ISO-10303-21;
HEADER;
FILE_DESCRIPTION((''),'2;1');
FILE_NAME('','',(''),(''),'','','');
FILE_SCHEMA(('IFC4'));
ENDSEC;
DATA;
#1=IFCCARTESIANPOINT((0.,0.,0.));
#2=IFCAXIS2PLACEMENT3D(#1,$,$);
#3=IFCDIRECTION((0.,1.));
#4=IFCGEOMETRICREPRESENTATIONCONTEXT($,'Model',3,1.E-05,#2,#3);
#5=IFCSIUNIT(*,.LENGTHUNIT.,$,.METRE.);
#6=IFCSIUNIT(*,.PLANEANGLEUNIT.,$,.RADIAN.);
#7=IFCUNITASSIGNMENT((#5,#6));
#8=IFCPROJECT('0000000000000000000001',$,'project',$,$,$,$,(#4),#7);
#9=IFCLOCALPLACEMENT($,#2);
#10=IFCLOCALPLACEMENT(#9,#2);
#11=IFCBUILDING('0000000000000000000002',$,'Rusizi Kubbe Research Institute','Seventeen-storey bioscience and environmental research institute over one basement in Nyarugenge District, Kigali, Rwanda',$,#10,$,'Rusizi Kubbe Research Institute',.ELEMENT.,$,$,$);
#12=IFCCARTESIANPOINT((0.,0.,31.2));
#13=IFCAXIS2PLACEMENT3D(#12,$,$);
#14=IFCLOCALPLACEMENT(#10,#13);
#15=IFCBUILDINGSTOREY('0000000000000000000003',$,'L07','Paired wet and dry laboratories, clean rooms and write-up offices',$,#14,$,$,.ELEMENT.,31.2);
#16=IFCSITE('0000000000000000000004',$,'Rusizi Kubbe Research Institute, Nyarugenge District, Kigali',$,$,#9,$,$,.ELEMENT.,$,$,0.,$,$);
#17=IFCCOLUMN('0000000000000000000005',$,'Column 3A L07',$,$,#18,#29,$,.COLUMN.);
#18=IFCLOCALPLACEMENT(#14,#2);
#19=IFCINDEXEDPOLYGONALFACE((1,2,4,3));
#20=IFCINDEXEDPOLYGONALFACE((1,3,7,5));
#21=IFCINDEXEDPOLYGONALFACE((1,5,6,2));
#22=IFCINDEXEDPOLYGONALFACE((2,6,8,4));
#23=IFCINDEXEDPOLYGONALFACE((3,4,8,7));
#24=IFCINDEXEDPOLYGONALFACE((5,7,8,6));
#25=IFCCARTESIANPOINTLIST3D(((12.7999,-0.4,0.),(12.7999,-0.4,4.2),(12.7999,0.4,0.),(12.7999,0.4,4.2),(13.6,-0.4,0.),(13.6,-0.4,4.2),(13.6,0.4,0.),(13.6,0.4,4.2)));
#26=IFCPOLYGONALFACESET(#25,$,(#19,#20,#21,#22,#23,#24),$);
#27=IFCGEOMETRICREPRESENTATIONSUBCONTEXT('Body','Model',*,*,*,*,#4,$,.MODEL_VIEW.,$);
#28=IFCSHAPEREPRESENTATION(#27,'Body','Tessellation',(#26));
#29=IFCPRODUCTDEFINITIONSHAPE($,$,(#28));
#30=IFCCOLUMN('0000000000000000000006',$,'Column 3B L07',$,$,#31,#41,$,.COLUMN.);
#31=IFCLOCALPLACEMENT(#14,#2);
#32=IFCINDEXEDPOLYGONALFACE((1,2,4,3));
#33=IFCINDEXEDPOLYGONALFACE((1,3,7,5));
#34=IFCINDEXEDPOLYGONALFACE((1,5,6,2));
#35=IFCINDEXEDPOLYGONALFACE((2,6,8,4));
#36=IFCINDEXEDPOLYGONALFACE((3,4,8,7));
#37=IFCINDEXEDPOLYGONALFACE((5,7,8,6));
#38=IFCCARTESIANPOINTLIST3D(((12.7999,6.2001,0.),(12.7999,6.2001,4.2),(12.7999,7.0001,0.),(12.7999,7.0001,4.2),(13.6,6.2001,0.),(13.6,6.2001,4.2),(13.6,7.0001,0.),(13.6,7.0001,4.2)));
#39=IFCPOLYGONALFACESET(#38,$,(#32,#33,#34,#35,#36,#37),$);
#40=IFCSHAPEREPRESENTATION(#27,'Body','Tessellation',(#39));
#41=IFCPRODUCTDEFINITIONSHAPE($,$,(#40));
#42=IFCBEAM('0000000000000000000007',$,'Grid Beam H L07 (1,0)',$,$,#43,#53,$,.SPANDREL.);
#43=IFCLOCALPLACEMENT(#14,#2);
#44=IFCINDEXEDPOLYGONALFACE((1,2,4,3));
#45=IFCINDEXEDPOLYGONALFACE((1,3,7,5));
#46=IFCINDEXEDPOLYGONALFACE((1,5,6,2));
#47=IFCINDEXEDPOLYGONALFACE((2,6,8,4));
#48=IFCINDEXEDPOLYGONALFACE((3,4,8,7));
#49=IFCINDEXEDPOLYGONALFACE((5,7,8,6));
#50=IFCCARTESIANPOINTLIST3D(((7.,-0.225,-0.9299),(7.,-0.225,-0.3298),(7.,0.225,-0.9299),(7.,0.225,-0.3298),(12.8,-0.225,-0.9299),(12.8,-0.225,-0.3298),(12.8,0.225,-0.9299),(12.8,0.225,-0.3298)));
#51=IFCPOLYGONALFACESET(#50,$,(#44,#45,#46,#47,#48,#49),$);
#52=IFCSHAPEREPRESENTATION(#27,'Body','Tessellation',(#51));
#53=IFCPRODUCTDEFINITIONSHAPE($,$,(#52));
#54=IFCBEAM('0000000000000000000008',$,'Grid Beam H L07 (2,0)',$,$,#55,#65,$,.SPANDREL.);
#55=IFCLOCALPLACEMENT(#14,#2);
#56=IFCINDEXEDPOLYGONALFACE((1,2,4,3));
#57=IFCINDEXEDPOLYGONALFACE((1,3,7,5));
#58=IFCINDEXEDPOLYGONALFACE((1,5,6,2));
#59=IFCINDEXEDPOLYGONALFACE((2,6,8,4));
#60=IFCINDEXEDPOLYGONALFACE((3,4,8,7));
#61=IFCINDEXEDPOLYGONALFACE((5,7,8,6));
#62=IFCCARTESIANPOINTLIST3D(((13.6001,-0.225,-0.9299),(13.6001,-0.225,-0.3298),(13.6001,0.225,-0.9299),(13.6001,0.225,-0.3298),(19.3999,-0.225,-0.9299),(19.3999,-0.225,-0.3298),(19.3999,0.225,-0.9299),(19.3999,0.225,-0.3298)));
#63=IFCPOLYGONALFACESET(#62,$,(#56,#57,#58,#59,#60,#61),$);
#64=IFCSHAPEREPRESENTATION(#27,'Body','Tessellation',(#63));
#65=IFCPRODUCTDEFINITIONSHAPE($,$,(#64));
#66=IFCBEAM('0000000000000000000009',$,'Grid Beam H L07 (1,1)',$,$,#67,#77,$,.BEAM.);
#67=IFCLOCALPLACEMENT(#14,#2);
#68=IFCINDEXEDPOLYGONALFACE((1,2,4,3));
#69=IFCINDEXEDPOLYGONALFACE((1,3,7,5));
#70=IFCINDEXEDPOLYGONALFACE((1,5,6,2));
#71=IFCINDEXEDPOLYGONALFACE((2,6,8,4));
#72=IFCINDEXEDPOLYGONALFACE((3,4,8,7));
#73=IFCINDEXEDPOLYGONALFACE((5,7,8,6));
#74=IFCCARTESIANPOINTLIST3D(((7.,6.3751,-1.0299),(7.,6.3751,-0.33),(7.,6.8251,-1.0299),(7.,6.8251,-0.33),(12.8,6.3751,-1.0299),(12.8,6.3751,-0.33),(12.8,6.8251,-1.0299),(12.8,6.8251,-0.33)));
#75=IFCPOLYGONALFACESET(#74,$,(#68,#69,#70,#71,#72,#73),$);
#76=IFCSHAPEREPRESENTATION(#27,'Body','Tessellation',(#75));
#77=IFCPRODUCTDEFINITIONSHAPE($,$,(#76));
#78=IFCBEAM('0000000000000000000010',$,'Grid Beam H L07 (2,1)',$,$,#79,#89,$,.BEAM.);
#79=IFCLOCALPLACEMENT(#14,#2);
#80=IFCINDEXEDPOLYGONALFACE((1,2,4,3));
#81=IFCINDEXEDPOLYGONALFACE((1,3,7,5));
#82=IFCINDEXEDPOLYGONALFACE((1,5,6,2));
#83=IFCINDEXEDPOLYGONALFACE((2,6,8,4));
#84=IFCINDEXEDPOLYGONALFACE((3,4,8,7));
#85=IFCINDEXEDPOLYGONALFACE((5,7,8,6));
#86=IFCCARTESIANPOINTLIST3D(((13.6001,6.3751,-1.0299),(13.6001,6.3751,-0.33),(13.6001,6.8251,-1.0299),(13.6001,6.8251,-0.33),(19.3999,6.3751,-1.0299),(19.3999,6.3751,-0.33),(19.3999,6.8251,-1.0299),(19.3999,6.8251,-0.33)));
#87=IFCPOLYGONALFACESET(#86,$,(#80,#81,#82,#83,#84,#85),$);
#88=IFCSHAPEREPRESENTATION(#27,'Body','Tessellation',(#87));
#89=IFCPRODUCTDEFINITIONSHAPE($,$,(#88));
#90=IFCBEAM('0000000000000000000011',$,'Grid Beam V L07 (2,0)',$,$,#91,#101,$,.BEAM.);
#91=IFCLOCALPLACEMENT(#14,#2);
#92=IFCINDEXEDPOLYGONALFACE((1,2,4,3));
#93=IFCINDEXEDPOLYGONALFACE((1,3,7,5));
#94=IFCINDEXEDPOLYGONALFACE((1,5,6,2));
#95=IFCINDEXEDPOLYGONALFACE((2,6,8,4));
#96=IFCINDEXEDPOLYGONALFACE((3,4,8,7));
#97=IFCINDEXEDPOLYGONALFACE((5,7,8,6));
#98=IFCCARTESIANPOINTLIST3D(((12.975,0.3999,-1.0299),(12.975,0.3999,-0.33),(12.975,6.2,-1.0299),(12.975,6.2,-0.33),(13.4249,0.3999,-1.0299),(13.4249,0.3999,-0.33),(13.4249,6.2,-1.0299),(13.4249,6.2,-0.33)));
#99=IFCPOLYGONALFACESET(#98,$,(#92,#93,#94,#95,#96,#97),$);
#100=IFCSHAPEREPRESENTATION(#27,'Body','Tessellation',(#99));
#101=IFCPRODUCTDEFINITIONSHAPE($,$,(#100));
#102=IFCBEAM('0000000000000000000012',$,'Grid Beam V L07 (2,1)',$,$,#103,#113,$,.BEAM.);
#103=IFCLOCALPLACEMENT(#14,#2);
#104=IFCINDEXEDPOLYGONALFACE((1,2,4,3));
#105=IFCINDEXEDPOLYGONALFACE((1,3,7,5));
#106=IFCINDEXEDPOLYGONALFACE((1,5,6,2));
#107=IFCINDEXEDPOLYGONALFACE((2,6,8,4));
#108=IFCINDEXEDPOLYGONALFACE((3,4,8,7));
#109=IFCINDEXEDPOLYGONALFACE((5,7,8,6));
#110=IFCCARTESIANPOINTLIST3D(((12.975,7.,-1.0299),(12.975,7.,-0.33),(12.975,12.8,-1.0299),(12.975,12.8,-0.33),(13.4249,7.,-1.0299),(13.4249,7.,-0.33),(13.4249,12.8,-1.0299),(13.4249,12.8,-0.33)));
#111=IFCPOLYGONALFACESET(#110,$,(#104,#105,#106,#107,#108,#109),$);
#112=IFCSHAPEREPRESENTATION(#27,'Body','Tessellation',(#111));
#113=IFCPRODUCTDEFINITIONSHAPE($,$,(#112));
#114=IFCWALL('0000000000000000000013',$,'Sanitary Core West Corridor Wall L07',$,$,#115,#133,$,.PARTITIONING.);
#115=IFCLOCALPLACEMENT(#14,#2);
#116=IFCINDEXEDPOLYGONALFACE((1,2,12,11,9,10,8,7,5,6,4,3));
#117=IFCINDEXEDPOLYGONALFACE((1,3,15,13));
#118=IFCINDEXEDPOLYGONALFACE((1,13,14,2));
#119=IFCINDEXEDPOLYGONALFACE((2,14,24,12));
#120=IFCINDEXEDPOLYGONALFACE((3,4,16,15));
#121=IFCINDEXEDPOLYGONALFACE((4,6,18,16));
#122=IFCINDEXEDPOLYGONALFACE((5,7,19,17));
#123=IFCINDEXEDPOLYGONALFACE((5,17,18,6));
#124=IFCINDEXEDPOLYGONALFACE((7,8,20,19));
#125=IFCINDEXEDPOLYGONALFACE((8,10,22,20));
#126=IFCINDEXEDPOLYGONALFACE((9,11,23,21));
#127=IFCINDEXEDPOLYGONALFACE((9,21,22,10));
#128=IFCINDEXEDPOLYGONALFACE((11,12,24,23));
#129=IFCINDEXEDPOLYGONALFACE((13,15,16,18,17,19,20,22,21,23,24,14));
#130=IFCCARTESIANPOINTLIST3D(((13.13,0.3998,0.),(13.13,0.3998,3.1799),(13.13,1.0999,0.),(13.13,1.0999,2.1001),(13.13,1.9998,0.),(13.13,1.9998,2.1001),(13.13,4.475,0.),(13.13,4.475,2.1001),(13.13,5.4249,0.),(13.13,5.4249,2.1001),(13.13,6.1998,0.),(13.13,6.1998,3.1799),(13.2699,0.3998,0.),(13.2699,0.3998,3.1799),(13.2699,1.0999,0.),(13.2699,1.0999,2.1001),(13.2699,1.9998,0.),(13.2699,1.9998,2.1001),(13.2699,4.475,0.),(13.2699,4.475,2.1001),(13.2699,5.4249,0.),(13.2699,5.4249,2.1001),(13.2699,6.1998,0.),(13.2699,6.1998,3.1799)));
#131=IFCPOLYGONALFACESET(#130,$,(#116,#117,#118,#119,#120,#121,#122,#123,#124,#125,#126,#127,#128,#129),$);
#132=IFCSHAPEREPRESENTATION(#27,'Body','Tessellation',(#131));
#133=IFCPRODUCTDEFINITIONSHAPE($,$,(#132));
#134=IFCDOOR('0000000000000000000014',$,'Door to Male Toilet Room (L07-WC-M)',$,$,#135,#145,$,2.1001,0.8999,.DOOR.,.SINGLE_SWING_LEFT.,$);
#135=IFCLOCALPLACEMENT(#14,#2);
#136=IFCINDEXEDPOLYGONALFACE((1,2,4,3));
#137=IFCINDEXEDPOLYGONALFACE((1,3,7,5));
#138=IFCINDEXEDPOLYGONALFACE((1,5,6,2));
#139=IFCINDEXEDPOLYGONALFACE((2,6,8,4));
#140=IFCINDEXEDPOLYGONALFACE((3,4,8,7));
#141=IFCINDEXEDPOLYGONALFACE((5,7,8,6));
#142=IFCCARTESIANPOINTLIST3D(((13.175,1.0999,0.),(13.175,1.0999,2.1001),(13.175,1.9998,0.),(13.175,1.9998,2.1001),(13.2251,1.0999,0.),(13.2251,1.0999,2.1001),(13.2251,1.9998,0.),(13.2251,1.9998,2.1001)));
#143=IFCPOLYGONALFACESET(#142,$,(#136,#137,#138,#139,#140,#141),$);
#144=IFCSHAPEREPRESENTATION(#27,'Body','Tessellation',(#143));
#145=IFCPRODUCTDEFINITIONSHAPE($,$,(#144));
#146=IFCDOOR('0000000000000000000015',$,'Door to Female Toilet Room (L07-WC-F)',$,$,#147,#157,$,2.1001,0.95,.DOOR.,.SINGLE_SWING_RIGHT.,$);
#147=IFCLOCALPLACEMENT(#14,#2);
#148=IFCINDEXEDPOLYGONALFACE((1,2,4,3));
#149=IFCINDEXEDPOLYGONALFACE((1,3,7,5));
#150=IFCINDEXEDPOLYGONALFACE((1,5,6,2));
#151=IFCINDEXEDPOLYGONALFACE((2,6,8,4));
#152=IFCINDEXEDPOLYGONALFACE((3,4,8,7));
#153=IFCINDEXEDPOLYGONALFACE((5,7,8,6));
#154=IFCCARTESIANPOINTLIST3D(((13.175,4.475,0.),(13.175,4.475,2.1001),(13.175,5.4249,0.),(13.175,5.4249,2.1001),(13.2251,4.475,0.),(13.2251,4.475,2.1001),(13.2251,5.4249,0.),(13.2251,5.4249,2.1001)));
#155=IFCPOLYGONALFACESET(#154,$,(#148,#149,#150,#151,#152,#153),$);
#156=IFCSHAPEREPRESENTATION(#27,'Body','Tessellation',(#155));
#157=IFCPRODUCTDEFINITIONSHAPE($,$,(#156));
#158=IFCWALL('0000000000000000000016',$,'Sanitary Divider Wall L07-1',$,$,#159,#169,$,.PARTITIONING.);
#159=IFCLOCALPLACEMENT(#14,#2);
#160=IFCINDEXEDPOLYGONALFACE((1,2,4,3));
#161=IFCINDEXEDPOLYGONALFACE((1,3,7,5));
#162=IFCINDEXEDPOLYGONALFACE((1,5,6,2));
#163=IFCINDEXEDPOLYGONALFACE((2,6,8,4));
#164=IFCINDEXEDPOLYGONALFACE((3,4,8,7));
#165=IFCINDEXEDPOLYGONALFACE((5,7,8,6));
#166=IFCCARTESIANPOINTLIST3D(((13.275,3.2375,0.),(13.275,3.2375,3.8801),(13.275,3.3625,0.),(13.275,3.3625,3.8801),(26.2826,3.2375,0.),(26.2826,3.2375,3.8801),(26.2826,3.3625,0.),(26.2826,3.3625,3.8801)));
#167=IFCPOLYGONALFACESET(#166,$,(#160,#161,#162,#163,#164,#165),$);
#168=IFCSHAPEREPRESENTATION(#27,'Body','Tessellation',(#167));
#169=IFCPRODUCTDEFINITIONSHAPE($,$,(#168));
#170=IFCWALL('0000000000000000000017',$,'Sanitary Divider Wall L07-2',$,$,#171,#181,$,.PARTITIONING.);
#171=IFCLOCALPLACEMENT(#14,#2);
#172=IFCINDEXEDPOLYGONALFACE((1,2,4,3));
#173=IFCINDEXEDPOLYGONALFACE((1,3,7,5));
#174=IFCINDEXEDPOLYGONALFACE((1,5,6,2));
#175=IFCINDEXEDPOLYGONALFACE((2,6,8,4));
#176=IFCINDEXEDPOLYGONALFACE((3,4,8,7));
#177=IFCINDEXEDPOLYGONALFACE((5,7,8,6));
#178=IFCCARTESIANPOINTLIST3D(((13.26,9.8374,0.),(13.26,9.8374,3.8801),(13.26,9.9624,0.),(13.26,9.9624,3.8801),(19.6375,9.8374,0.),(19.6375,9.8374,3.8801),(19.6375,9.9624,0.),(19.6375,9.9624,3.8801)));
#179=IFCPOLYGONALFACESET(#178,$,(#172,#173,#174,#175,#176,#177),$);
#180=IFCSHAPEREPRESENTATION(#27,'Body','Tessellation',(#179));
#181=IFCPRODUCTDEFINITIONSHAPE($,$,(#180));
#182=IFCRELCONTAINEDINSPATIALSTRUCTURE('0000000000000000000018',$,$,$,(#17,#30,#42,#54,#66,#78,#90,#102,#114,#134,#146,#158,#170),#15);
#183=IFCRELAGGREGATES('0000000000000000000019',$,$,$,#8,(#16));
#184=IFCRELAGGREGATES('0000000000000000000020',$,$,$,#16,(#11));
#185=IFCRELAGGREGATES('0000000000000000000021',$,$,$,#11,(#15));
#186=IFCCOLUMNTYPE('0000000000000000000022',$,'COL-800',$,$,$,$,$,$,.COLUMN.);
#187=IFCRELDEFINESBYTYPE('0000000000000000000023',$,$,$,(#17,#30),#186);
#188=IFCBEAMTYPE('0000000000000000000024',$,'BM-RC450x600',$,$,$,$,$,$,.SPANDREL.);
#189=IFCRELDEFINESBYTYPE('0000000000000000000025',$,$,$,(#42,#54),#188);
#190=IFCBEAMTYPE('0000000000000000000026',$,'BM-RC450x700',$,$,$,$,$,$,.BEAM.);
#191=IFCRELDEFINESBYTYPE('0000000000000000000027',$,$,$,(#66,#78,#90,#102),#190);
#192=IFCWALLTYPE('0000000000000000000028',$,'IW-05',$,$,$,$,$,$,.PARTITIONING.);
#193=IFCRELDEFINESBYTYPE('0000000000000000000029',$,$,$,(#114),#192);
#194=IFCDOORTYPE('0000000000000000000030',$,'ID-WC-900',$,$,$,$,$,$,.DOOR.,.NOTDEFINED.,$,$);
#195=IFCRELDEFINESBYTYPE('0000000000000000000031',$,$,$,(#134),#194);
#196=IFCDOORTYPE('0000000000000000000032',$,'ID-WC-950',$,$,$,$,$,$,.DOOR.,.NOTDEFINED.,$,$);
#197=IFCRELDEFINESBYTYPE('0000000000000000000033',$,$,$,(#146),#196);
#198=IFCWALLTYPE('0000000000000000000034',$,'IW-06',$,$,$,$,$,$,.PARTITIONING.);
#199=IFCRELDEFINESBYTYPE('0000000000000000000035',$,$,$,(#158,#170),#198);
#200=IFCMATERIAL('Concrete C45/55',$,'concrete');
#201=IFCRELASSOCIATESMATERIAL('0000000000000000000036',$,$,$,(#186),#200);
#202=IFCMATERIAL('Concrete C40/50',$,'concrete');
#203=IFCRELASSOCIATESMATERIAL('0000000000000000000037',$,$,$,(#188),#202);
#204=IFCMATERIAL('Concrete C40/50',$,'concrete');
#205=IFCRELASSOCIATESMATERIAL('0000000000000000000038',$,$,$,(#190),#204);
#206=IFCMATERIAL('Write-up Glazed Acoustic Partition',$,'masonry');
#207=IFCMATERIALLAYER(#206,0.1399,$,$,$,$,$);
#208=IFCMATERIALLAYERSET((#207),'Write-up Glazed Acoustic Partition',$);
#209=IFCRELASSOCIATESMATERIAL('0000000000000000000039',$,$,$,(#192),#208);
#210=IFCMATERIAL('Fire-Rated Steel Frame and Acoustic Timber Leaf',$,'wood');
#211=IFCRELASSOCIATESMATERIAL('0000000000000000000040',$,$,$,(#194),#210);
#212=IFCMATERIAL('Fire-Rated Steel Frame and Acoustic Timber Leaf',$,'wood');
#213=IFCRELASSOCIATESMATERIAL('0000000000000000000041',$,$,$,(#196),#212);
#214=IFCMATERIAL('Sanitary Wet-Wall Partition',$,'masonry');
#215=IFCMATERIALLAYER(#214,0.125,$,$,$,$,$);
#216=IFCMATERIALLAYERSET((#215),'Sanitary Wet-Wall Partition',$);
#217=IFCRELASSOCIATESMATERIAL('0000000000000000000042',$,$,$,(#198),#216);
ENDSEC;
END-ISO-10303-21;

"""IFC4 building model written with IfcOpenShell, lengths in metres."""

from ifc_helpers import new_model, si_unit, direction, frame, frame_2d, origin, origin_2d, place, context, subcontext, project, spatial, rectangle, extrude, material, layer, layer_set, material_profile, profile_set, type_object, element, fill, save


model = new_model("IFC4")

# Units and contexts
model_context = context("Model", 3, precision=1e-05, world=origin(), true_north=direction((0.0, 1.0)))
body_context = subcontext(model_context, "Body", "Model", "MODEL_VIEW")
ifc_project = project(units=[si_unit("LENGTHUNIT", "METRE"), si_unit("PLANEANGLEUNIT", "RADIAN")], contexts=[model_context])

# Site, building, storey
site_placement = place(None, origin())
site = spatial("IfcSite", under=ifc_project, at=site_placement, Name="Rusizi Kubbe Research Institute, Nyarugenge District, Kigali", CompositionType="ELEMENT", RefElevation=0.0)
building_placement = place(site_placement, origin())
building = spatial("IfcBuilding", under=site, at=building_placement, Name="Rusizi Kubbe Research Institute", Description="Seventeen-storey bioscience and environmental research institute over one basement in Nyarugenge District, Kigali, Rwanda", LongName="Rusizi Kubbe Research Institute", CompositionType="ELEMENT")
storey_placement = place(building_placement, frame((0.0, 0.0, 31.2)))
storey = spatial("IfcBuildingStorey", under=building, at=storey_placement, Name="L07", Description="Paired wet and dry laboratories, clean rooms and write-up offices", CompositionType="ELEMENT", Elevation=31.2)

# Columns
ifc_material_1 = material(Name="Concrete C45/55", Category="concrete")
ifc_material_profile_1 = material_profile(ifc_material_1, rectangle(XDim=0.8, YDim=0.8, at=origin_2d()), Name="RC800x800")
ifc_profile_set_1 = profile_set([ifc_material_profile_1], Name="Concrete C45/55")
column_type = type_object("IfcColumnType", Name="COL-800", PredefinedType="COLUMN", material=ifc_profile_set_1)
for number, where, z_axis, x_axis, name in (
    (1, (13.2, 0.0, 0.0), (0.0, 0.0, 1.0), (1.0, 0.0, 0.0), "Column 3A L07"),
    (2, (13.2, 6.6001, 0.0), (0.0, 0.0, 1.0), (1.0, 0.0, 0.0), "Column 3B L07"),
):
    element("IfcColumn", number, at=place(storey_placement, frame(where, z_axis=z_axis, x_axis=x_axis)), inside=storey, type_object=column_type, Name=name, PredefinedType="COLUMN", context=body_context, shape_type="SweptSolid", body=[
        extrude(rectangle(XDim=0.8, YDim=0.8, at=origin_2d()), origin(), (0.0, 0.0, 1.0), 4.2),
    ])

# Beams
ifc_material_2 = material(Name="Concrete C40/50", Category="concrete")
ifc_material_profile_2 = material_profile(ifc_material_2, rectangle(XDim=0.45, YDim=0.6001, at=origin_2d()), Name="RC450x600")
ifc_profile_set_2 = profile_set([ifc_material_profile_2], Name="Concrete C40/50")
beam_type_1 = type_object("IfcBeamType", Name="BM-RC450x600", PredefinedType="SPANDREL", material=ifc_profile_set_2)
beam_1_placement = place(storey_placement, frame((7.0, 0.0, -0.6299), z_axis=(1.0, 0.0, 0.0), x_axis=(0.0, 1.0, 0.0)))
element("IfcBeam", 3, at=beam_1_placement, inside=storey, type_object=beam_type_1, Name="Grid Beam H L07 (1,0)", PredefinedType="SPANDREL", context=body_context, shape_type="SweptSolid", body=[
    extrude(rectangle(XDim=0.45, YDim=0.6001, at=origin_2d()), origin(), (0.0, 0.0, 1.0), 5.8),
])
beam_2_placement = place(storey_placement, frame((13.6001, 0.0, -0.6299), z_axis=(1.0, 0.0, 0.0), x_axis=(0.0, 1.0, 0.0)))
element("IfcBeam", 4, at=beam_2_placement, inside=storey, type_object=beam_type_1, Name="Grid Beam H L07 (2,0)", PredefinedType="SPANDREL", context=body_context, shape_type="SweptSolid", body=[
    extrude(rectangle(XDim=0.45, YDim=0.6001, at=origin_2d()), origin(), (0.0, 0.0, 1.0), 5.7998),
])
ifc_material_3 = material(Name="Concrete C40/50", Category="concrete")
ifc_material_profile_3 = material_profile(ifc_material_3, rectangle(XDim=0.45, YDim=0.7, at=origin_2d()), Name="RC450x700B")
ifc_profile_set_3 = profile_set([ifc_material_profile_3], Name="Concrete C40/50")
beam_type_2 = type_object("IfcBeamType", Name="BM-RC450x700", PredefinedType="BEAM", material=ifc_profile_set_3)
beam_3_placement = place(storey_placement, frame((7.0, 6.6001, -0.6799), z_axis=(1.0, 0.0, 0.0), x_axis=(0.0, 1.0, 0.0)))
element("IfcBeam", 5, at=beam_3_placement, inside=storey, type_object=beam_type_2, Name="Grid Beam H L07 (1,1)", PredefinedType="BEAM", context=body_context, shape_type="SweptSolid", body=[
    extrude(rectangle(XDim=0.45, YDim=0.7, at=origin_2d()), origin(), (0.0, 0.0, 1.0), 5.8),
])
beam_4_placement = place(storey_placement, frame((13.6001, 6.6001, -0.6799), z_axis=(1.0, 0.0, 0.0), x_axis=(0.0, 1.0, 0.0)))
element("IfcBeam", 6, at=beam_4_placement, inside=storey, type_object=beam_type_2, Name="Grid Beam H L07 (2,1)", PredefinedType="BEAM", context=body_context, shape_type="SweptSolid", body=[
    extrude(rectangle(XDim=0.45, YDim=0.7, at=origin_2d()), origin(), (0.0, 0.0, 1.0), 5.7998),
])
for number, where, z_axis, x_axis, name in (
    (7, (13.2, 0.3999, -0.6799), (0.0, 1.0, 0.0), (-1.0, 0.0, 0.0), "Grid Beam V L07 (2,0)"),
    (8, (13.2, 7.0, -0.6799), (0.0, 1.0, 0.0), (-1.0, 0.0, 0.0), "Grid Beam V L07 (2,1)"),
):
    element("IfcBeam", number, at=place(storey_placement, frame(where, z_axis=z_axis, x_axis=x_axis)), inside=storey, type_object=beam_type_2, Name=name, PredefinedType="BEAM", context=body_context, shape_type="SweptSolid", body=[
        extrude(rectangle(XDim=0.45, YDim=0.7, at=origin_2d()), origin(), (0.0, 0.0, 1.0), 5.8),
    ])

# Wall, openings, doors
ifc_material_4 = material(Name="Write-up Glazed Acoustic Partition", Category="masonry")
ifc_layer_1 = layer(ifc_material_4, 0.1399)
ifc_layer_set_1 = layer_set([ifc_layer_1], Name="Write-up Glazed Acoustic Partition")
wall_type_1 = type_object("IfcWallType", Name="IW-05", PredefinedType="PARTITIONING", material=ifc_layer_set_1)
wall_1_placement = place(storey_placement, frame((13.2, 0.3999, 0.0), z_axis=(0.0, 0.0, 1.0), x_axis=(0.0, 1.0, 0.0)))
wall_1 = element("IfcWall", 9, at=wall_1_placement, inside=storey, type_object=wall_type_1, Name="Sanitary Core West Corridor Wall L07", PredefinedType="PARTITIONING", context=body_context, shape_type="SweptSolid", body=[
    extrude(rectangle(XDim=5.8, YDim=0.1399, at=frame_2d((2.8999, 0.0))), origin(), (0.0, 0.0, 1.0), 3.1799),
])
opening_1_placement = place(wall_1_placement, frame((0.7, 0.0, 0.0)))
opening_1 = element("IfcOpeningElement", 10, at=opening_1_placement, cuts=wall_1, PredefinedType="OPENING", context=body_context, shape_type="SweptSolid", body=[
    extrude(rectangle(XDim=0.8999, YDim=2.1001, at=frame_2d((0.45, 1.05))), frame((0.0, 0.0798, 0.0), z_axis=(0.0, -1.0, 0.0), x_axis=(1.0, 0.0, 0.0)), (0.0, 0.0, 1.0), 0.1599),
])
opening_2_placement = place(wall_1_placement, frame((4.075, 0.0, 0.0)))
opening_2 = element("IfcOpeningElement", 11, at=opening_2_placement, cuts=wall_1, PredefinedType="OPENING", context=body_context, shape_type="SweptSolid", body=[
    extrude(rectangle(XDim=0.95, YDim=2.1001, at=frame_2d((0.4751, 1.05))), frame((0.0, 0.0798, 0.0), z_axis=(0.0, -1.0, 0.0), x_axis=(1.0, 0.0, 0.0)), (0.0, 0.0, 1.0), 0.1599),
])
ifc_material_5 = material(Name="Fire-Rated Steel Frame and Acoustic Timber Leaf", Category="wood")
door_type_1 = type_object("IfcDoorType", Name="ID-WC-900", OperationType="NOTDEFINED", PredefinedType="DOOR", material=ifc_material_5)
door_1_placement = place(opening_1_placement, origin())
door_1 = element("IfcDoor", 12, at=door_1_placement, inside=storey, type_object=door_type_1, Name="Door to Male Toilet Room (L07-WC-M)", OperationType="SINGLE_SWING_LEFT", OverallHeight=2.1001, OverallWidth=0.8999, PredefinedType="DOOR", context=body_context, shape_type="SweptSolid", body=[
    extrude(rectangle(XDim=0.8999, YDim=2.1001, at=frame_2d((0.45, 1.05))), frame((0.0, 0.0249, 0.0), z_axis=(0.0, -1.0, 0.0), x_axis=(1.0, 0.0, 0.0)), (0.0, 0.0, 1.0), 0.05),
])
fill(opening_1, door_1)
ifc_material_6 = material(Name="Fire-Rated Steel Frame and Acoustic Timber Leaf", Category="wood")
door_type_2 = type_object("IfcDoorType", Name="ID-WC-950", OperationType="NOTDEFINED", PredefinedType="DOOR", material=ifc_material_6)
door_2_placement = place(opening_2_placement, origin())
door_2 = element("IfcDoor", 13, at=door_2_placement, inside=storey, type_object=door_type_2, Name="Door to Female Toilet Room (L07-WC-F)", OperationType="SINGLE_SWING_RIGHT", OverallHeight=2.1001, OverallWidth=0.95, PredefinedType="DOOR", context=body_context, shape_type="SweptSolid", body=[
    extrude(rectangle(XDim=0.95, YDim=2.1001, at=frame_2d((0.4751, 1.05))), frame((0.0, 0.0249, 0.0), z_axis=(0.0, -1.0, 0.0), x_axis=(1.0, 0.0, 0.0)), (0.0, 0.0, 1.0), 0.05),
])
fill(opening_2, door_2)

# Walls
ifc_material_7 = material(Name="Sanitary Wet-Wall Partition", Category="masonry")
ifc_layer_2 = layer(ifc_material_7, 0.125)
ifc_layer_set_2 = layer_set([ifc_layer_2], Name="Sanitary Wet-Wall Partition")
wall_type_2 = type_object("IfcWallType", Name="IW-06", PredefinedType="PARTITIONING", material=ifc_layer_set_2)
wall_2_placement = place(storey_placement, frame((13.2749, 3.3, 0.0), z_axis=(0.0, 0.0, 1.0), x_axis=(1.0, 0.0, 0.0)))
element("IfcWall", 14, at=wall_2_placement, inside=storey, type_object=wall_type_2, Name="Sanitary Divider Wall L07-1", PredefinedType="PARTITIONING", context=body_context, shape_type="SweptSolid", body=[
    extrude(rectangle(XDim=13.0076, YDim=0.125, at=frame_2d((6.5039, 0.0))), origin(), (0.0, 0.0, 1.0), 3.8801),
])
wall_3_placement = place(storey_placement, frame((13.26, 9.8999, 0.0), z_axis=(0.0, 0.0, 1.0), x_axis=(1.0, 0.0, 0.0)))
element("IfcWall", 15, at=wall_3_placement, inside=storey, type_object=wall_type_2, Name="Sanitary Divider Wall L07-2", PredefinedType="PARTITIONING", context=body_context, shape_type="SweptSolid", body=[
    extrude(rectangle(XDim=6.3774, YDim=0.125, at=frame_2d((3.1887, 0.0))), origin(), (0.0, 0.0, 1.0), 3.8801),
])

save(model, "model.ifc")
